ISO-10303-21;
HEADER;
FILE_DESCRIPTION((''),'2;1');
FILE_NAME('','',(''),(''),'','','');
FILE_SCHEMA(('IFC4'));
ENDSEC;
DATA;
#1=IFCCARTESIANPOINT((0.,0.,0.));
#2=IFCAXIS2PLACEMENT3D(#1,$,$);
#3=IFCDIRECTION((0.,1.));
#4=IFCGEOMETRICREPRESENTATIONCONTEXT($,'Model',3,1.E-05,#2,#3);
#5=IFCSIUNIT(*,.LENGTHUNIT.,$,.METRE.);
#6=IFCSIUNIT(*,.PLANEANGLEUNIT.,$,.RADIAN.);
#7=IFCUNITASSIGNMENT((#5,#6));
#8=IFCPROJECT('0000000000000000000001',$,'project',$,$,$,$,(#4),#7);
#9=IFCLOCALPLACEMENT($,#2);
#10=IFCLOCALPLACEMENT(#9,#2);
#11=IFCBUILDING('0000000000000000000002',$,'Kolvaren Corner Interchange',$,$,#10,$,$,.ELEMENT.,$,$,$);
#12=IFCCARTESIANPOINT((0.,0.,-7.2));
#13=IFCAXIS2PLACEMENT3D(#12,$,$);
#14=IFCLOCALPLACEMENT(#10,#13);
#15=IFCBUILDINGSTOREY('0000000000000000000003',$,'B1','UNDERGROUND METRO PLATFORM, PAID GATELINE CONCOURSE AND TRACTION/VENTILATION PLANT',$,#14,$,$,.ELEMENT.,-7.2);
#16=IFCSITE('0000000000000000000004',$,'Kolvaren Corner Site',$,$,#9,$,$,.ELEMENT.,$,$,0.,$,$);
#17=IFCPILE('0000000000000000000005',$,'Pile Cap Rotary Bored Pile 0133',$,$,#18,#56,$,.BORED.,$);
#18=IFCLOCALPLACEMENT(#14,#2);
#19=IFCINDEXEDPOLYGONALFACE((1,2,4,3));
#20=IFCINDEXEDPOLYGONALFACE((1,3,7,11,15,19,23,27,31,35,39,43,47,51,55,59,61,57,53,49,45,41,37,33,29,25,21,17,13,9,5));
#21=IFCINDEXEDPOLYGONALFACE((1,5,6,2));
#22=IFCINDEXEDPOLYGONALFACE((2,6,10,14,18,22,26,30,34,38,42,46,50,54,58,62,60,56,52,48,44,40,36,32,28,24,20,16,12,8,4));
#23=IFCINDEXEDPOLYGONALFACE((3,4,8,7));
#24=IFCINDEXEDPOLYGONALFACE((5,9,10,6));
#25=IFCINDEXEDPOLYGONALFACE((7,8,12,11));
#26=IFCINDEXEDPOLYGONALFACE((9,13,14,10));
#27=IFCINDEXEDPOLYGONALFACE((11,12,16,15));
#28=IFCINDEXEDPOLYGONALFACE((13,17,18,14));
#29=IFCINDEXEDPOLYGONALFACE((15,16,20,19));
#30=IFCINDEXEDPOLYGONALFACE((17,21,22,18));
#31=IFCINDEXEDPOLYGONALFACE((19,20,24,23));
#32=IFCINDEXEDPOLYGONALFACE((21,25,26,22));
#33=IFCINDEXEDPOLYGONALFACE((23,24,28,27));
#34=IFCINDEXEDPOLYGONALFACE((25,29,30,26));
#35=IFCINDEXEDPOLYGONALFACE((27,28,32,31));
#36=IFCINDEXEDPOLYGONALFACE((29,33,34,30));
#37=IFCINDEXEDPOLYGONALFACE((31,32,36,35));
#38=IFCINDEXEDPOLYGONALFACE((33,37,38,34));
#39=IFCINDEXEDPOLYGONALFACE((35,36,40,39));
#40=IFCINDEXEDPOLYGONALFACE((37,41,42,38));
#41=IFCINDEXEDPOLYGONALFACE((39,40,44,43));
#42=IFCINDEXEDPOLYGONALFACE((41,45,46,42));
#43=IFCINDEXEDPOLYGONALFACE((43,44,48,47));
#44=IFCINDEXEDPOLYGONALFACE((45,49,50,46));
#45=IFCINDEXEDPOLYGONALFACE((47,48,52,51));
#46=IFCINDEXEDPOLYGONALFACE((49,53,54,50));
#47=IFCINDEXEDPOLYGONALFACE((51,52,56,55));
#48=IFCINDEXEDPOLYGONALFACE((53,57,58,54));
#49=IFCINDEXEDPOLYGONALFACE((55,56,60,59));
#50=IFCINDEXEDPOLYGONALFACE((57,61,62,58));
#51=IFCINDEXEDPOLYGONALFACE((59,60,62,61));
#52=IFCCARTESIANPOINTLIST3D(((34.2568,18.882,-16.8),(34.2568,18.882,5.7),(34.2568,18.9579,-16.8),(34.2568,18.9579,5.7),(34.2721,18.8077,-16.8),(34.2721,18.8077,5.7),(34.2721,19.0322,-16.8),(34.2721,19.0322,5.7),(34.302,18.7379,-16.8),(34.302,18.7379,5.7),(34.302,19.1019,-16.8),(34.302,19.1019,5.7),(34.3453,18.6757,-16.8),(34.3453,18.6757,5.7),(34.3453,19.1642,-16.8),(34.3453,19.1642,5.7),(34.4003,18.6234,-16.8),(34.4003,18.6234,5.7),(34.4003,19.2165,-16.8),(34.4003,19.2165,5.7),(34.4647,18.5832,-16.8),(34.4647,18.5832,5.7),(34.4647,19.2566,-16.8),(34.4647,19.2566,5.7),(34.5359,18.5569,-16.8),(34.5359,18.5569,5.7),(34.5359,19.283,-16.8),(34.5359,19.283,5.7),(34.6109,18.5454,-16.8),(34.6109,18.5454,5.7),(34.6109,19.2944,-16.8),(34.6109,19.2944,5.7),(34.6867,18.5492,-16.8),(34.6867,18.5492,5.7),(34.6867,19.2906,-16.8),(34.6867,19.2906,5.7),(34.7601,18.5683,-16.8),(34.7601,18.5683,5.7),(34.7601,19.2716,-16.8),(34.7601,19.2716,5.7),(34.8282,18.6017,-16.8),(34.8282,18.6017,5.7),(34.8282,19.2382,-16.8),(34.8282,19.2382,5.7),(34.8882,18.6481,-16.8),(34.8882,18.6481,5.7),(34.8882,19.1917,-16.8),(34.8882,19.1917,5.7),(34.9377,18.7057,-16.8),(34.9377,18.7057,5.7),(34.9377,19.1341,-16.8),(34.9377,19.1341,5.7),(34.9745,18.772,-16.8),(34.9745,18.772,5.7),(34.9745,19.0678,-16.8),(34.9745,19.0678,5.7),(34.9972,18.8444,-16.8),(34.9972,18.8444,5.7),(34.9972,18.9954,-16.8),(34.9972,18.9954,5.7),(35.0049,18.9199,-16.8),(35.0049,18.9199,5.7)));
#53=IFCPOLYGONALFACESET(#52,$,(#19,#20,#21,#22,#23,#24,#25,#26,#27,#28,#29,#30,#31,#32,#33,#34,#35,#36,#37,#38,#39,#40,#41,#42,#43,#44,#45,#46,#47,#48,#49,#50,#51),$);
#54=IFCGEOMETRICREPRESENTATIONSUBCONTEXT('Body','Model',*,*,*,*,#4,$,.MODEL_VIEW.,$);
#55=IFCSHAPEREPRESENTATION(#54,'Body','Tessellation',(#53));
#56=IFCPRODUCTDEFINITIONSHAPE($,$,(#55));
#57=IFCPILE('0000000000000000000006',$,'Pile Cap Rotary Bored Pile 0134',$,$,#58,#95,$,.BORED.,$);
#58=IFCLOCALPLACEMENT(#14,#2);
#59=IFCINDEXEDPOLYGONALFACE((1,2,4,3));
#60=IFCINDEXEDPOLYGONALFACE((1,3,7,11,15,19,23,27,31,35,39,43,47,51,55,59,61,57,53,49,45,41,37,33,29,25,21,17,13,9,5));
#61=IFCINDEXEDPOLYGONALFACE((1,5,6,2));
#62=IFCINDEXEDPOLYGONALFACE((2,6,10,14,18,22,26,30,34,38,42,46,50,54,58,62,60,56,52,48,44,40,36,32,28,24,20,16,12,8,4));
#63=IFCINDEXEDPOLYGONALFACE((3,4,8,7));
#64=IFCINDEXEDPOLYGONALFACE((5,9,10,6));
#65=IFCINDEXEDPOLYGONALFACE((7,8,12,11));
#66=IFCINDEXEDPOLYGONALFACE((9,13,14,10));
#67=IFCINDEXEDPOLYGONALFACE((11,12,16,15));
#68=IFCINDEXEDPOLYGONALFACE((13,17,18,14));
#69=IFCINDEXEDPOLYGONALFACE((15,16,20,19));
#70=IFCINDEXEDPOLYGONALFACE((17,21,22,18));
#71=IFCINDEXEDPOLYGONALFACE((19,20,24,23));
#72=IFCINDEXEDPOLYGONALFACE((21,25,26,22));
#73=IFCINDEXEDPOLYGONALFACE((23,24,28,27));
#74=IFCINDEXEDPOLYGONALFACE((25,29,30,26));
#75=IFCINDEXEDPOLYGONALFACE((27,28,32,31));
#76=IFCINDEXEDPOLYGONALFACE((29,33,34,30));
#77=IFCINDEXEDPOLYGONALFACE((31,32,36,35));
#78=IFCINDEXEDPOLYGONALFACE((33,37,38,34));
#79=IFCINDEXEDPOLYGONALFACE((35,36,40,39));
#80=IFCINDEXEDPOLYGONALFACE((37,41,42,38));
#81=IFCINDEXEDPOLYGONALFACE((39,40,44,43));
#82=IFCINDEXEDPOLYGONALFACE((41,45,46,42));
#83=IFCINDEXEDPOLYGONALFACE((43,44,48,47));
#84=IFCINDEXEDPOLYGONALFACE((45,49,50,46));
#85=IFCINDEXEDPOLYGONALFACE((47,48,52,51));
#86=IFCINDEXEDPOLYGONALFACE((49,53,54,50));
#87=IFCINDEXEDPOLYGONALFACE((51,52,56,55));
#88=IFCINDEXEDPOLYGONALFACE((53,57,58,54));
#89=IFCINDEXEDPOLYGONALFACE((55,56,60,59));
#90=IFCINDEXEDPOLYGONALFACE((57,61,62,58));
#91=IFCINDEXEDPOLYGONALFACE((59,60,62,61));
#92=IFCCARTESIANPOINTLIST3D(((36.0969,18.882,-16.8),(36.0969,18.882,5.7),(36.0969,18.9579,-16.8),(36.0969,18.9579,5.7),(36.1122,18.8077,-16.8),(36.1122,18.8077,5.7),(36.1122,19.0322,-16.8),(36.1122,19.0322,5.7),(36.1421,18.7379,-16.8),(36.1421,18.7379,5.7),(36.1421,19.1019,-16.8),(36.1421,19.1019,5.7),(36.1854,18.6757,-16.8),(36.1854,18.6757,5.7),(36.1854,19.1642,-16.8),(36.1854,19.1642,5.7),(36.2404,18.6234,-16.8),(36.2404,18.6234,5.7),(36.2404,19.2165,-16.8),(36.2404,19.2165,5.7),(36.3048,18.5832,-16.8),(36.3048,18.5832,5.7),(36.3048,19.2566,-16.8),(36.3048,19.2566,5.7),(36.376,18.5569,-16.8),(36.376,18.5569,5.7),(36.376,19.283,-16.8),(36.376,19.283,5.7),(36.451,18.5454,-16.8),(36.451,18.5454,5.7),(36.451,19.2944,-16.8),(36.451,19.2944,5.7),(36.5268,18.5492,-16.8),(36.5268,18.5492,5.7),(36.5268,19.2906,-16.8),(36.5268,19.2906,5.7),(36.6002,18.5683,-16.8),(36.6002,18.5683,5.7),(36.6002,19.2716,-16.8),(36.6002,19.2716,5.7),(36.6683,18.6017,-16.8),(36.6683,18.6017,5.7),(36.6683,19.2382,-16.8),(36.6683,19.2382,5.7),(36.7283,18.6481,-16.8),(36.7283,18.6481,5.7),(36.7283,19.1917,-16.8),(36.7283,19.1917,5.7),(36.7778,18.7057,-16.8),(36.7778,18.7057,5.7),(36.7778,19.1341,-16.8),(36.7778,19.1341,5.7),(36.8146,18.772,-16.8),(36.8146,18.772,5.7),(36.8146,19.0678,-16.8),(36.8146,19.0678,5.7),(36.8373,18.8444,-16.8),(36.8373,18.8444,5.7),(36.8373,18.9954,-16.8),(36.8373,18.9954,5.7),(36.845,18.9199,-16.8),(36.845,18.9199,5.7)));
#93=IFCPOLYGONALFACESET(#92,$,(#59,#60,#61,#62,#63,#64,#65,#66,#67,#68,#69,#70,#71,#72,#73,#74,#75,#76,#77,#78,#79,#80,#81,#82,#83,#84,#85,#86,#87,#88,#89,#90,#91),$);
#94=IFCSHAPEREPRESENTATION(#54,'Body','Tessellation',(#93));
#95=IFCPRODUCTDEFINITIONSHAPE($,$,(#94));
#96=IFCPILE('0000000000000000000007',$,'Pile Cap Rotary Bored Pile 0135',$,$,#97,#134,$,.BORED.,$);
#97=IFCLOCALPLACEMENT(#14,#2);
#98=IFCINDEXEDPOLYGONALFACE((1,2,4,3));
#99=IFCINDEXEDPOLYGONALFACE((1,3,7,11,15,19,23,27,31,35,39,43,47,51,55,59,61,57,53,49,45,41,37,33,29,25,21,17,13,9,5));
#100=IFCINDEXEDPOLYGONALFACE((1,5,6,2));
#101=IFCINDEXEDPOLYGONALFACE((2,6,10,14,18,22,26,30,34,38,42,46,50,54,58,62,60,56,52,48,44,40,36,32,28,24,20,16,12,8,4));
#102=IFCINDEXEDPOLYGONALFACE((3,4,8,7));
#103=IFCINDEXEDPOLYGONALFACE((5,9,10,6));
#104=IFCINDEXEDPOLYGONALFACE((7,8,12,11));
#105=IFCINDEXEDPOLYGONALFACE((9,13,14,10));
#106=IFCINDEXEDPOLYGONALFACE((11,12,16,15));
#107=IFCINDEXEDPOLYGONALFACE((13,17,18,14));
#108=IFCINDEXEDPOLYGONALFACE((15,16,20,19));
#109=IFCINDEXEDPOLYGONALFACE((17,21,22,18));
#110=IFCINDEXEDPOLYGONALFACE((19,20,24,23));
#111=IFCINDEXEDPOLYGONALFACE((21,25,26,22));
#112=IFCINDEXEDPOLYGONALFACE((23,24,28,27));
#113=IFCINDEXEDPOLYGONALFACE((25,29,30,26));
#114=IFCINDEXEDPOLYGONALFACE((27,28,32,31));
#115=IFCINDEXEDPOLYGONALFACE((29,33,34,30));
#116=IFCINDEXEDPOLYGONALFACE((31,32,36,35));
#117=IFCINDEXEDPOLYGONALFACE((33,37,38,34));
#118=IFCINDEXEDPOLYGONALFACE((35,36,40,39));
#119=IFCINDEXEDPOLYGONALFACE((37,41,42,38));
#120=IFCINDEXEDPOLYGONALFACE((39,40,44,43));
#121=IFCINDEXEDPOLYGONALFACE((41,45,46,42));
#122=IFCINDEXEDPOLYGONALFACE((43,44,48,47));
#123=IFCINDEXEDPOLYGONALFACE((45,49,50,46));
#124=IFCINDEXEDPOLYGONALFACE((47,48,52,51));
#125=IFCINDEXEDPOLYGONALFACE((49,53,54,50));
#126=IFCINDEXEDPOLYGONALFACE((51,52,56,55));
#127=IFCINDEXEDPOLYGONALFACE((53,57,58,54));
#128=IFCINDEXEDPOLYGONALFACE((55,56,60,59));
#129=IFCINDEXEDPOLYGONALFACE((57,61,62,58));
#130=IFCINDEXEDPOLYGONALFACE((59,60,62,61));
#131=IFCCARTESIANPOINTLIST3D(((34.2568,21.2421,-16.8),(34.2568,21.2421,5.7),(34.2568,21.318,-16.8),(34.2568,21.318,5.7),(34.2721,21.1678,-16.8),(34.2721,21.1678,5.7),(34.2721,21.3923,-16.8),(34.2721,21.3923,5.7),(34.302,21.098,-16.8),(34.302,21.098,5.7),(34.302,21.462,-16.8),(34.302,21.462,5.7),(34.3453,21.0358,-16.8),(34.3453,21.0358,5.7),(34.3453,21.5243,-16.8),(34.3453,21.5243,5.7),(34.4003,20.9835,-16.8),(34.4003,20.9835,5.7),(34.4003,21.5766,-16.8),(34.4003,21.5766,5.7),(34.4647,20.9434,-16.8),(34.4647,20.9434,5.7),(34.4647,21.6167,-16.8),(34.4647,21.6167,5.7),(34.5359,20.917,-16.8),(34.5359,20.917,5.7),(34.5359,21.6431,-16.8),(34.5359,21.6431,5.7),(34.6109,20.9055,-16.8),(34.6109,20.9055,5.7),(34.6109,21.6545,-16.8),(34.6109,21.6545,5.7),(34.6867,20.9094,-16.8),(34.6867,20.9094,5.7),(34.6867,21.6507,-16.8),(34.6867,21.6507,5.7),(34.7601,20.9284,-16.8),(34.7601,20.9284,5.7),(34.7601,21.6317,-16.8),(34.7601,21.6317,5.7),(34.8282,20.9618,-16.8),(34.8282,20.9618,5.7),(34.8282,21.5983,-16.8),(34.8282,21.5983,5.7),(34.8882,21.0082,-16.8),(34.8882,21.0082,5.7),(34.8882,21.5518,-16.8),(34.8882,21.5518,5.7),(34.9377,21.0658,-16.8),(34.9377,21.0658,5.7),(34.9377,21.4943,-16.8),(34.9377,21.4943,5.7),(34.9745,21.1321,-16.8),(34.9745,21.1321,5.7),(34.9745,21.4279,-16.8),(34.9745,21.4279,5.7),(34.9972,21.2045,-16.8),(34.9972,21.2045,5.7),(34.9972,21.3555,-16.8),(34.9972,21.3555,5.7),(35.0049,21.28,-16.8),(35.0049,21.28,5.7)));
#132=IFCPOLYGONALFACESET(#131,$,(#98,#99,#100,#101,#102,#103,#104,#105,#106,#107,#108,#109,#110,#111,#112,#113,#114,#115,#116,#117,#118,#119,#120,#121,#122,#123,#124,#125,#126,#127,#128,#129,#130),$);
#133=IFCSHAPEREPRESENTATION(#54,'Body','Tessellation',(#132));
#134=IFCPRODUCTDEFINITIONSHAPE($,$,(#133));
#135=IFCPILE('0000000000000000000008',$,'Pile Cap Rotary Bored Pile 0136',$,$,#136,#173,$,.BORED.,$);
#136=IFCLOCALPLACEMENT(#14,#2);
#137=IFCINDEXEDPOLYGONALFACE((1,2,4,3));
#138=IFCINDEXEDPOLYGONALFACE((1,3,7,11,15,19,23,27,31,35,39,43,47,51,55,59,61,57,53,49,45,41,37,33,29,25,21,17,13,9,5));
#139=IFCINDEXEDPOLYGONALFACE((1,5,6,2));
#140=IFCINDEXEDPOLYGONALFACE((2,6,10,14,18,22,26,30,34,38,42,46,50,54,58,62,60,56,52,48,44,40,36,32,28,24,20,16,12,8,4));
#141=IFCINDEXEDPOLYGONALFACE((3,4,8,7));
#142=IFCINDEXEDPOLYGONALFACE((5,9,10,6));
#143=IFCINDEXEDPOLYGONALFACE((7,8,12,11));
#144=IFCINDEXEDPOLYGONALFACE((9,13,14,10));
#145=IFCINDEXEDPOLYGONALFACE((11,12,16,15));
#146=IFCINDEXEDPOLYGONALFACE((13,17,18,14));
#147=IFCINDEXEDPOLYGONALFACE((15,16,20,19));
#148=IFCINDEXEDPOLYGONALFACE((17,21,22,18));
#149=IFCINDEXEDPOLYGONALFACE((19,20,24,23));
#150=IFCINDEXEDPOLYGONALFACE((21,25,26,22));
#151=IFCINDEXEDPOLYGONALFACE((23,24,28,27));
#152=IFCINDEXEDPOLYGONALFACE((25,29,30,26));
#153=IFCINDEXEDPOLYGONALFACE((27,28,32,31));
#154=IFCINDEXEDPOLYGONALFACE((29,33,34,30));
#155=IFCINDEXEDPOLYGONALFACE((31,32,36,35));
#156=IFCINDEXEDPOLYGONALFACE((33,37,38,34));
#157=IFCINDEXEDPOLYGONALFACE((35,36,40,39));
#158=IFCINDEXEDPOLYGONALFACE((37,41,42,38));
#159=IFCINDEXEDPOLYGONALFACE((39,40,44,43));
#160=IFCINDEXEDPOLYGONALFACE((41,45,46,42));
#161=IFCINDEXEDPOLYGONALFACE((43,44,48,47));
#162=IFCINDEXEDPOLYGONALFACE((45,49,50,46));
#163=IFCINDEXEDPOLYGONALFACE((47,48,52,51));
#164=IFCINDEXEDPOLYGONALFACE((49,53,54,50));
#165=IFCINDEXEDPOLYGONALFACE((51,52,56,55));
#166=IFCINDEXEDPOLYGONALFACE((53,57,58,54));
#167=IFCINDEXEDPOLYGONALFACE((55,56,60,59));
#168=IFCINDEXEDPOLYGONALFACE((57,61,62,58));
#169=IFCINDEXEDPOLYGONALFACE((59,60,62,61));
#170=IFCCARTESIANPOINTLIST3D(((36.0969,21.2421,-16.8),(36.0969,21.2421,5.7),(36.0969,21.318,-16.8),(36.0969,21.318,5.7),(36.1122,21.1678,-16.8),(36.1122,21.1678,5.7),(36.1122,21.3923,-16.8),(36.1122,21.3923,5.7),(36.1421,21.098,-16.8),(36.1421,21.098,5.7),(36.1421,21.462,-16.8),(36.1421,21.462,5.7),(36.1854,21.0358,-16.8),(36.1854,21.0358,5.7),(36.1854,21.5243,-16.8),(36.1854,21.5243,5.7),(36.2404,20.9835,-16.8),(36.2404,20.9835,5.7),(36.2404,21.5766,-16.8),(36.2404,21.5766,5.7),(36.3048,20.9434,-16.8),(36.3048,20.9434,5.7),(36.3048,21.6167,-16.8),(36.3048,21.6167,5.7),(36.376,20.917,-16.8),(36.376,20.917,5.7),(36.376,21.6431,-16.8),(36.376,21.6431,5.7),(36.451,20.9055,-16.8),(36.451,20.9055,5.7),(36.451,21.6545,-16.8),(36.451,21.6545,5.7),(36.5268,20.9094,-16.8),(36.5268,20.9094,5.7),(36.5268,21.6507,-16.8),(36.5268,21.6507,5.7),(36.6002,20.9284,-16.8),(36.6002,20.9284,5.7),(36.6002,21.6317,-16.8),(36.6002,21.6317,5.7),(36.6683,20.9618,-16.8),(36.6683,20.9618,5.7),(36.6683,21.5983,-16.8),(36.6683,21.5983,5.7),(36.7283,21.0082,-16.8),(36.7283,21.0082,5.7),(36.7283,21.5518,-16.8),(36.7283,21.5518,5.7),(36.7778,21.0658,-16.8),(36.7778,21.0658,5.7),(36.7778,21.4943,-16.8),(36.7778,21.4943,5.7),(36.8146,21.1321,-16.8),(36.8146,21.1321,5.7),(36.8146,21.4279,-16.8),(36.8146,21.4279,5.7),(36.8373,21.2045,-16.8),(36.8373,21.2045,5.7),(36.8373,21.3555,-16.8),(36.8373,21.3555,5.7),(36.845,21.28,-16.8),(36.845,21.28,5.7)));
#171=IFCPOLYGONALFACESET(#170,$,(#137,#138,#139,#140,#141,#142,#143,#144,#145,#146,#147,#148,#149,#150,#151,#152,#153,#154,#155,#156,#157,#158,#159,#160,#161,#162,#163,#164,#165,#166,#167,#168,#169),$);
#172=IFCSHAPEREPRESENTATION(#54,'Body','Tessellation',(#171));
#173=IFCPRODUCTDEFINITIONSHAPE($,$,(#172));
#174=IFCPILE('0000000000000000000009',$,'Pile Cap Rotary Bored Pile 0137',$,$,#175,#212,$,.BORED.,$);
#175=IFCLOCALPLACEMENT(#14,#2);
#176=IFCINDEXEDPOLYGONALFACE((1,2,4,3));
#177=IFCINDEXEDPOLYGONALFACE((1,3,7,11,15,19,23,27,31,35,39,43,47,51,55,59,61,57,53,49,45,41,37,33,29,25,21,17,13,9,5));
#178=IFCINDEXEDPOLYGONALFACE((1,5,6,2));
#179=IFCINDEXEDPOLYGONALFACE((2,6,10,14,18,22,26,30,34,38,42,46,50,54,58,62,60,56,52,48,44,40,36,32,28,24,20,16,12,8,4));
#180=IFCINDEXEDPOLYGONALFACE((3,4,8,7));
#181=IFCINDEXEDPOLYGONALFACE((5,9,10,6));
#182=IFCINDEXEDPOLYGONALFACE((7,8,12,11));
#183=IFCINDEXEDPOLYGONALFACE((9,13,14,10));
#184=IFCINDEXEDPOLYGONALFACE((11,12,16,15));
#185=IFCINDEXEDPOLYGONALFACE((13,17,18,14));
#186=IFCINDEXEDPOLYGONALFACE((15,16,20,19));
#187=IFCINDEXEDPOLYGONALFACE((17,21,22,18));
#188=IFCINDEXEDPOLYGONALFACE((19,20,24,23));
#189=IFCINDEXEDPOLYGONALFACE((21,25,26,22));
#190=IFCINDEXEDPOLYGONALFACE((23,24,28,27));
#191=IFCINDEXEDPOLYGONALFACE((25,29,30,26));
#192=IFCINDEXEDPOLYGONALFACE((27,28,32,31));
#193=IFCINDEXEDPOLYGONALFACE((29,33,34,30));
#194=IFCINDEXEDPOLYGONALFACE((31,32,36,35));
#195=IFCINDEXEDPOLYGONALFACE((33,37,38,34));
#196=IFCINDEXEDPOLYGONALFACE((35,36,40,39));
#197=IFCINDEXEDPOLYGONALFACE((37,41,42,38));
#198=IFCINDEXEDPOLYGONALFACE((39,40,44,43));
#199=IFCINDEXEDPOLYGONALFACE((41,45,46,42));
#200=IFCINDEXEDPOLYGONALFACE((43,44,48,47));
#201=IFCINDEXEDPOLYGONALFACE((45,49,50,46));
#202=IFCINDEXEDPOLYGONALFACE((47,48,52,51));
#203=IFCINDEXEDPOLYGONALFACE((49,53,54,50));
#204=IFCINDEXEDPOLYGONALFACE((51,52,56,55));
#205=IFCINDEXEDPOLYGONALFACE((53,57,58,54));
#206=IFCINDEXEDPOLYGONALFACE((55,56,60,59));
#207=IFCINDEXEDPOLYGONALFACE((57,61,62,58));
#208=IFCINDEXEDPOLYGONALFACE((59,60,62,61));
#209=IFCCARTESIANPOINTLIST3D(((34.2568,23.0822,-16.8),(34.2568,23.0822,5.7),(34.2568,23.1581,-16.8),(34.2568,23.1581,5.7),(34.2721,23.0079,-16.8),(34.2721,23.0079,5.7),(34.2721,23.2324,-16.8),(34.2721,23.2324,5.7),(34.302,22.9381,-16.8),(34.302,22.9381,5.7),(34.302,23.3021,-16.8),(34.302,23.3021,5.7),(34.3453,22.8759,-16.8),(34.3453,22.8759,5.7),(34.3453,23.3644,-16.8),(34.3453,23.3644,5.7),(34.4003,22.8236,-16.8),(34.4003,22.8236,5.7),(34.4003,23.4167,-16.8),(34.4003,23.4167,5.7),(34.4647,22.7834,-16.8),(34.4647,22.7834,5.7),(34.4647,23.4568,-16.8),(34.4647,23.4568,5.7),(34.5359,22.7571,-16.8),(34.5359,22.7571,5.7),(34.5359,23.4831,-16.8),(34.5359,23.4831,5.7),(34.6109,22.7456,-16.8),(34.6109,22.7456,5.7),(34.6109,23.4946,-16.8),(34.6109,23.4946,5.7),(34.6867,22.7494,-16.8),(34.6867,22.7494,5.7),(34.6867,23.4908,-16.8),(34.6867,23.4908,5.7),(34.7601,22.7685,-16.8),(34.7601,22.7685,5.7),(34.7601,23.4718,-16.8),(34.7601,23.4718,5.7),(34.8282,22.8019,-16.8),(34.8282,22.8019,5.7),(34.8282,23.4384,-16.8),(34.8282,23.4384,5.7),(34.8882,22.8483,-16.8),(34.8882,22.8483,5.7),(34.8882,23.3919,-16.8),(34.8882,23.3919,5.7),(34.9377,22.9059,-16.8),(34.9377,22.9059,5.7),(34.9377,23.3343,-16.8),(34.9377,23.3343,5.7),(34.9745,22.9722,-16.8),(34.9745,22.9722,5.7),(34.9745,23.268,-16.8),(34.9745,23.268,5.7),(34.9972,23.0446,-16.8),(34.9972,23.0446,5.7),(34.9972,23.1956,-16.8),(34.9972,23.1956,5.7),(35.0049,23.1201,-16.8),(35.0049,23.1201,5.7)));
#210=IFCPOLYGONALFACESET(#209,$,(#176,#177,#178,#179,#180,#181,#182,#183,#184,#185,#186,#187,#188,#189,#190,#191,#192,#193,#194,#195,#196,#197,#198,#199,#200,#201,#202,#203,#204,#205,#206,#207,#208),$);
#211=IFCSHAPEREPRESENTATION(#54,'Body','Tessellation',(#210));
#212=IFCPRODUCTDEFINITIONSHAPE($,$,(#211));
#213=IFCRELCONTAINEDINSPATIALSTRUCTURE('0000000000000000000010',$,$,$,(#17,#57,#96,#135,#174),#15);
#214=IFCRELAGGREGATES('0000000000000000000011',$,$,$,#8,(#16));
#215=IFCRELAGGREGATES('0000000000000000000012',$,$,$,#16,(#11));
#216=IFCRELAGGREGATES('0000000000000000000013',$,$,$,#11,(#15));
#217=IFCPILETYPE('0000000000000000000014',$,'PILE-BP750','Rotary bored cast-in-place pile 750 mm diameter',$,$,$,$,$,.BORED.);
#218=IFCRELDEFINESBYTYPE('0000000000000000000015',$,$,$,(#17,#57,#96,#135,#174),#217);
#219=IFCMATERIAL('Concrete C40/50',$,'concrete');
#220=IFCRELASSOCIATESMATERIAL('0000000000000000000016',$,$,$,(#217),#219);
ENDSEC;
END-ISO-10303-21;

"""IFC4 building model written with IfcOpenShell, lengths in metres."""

from ifc_helpers import new_model, si_unit, direction, frame, origin, origin_2d, place, context, subcontext, project, spatial, circle, extrude, material, material_profile, profile_set, type_object, element, save


model = new_model("IFC4")

# Units and contexts
model_context = context("Model", 3, precision=1e-05, world=origin(), true_north=direction((0.0, 1.0)))
body_context = subcontext(model_context, "Body", "Model", "MODEL_VIEW")
ifc_project = project(units=[si_unit("LENGTHUNIT", "METRE"), si_unit("PLANEANGLEUNIT", "RADIAN")], contexts=[model_context])

# Site, building, storey
site_placement = place(None, origin())
site = spatial("IfcSite", under=ifc_project, at=site_placement, Name="Kolvaren Corner Site", CompositionType="ELEMENT", RefElevation=0.0)
building_placement = place(site_placement, origin())
building = spatial("IfcBuilding", under=site, at=building_placement, Name="Kolvaren Corner Interchange", CompositionType="ELEMENT")
storey_placement = place(building_placement, frame((0.0, 0.0, -7.2)))
storey = spatial("IfcBuildingStorey", under=building, at=storey_placement, Name="B1", Description="UNDERGROUND METRO PLATFORM, PAID GATELINE CONCOURSE AND TRACTION/VENTILATION PLANT", CompositionType="ELEMENT", Elevation=-7.2)

# Piles
ifc_material_1 = material(Name="Concrete C40/50", Category="concrete")
ifc_material_profile_1 = material_profile(ifc_material_1, circle(Radius=0.375, at=origin_2d()), Name="BORED PILE 750")
ifc_profile_set_1 = profile_set([ifc_material_profile_1], Name="Concrete C40/50")
pile_type_1 = type_object("IfcPileType", Name="PILE-BP750", Description="Rotary bored cast-in-place pile 750 mm diameter", PredefinedType="BORED", material=ifc_profile_set_1)
for number, where, z_axis, x_axis, name in (
    (1, (34.6299, 18.9199, 5.7), (0.0, 0.0, -1.0), (1.0, 0.0, 0.0), "Pile Cap Rotary Bored Pile 0133"),
    (2, (36.47, 18.9199, 5.7), (0.0, 0.0, -1.0), (1.0, 0.0, 0.0), "Pile Cap Rotary Bored Pile 0134"),
    (3, (34.6299, 21.28, 5.7), (0.0, 0.0, -1.0), (1.0, 0.0, 0.0), "Pile Cap Rotary Bored Pile 0135"),
    (4, (36.47, 21.28, 5.7), (0.0, 0.0, -1.0), (1.0, 0.0, 0.0), "Pile Cap Rotary Bored Pile 0136"),
    (5, (34.6299, 23.1201, 5.7), (0.0, 0.0, -1.0), (1.0, 0.0, 0.0), "Pile Cap Rotary Bored Pile 0137"),
):
    element("IfcPile", number, at=place(storey_placement, frame(where, z_axis=z_axis, x_axis=x_axis)), inside=storey, type_object=pile_type_1, Name=name, PredefinedType="BORED", context=body_context, shape_type="SweptSolid", body=[
        extrude(circle(Radius=0.375, at=origin_2d()), origin(), (0.0, 0.0, 1.0), 22.5),
    ])

save(model, "model.ifc")
